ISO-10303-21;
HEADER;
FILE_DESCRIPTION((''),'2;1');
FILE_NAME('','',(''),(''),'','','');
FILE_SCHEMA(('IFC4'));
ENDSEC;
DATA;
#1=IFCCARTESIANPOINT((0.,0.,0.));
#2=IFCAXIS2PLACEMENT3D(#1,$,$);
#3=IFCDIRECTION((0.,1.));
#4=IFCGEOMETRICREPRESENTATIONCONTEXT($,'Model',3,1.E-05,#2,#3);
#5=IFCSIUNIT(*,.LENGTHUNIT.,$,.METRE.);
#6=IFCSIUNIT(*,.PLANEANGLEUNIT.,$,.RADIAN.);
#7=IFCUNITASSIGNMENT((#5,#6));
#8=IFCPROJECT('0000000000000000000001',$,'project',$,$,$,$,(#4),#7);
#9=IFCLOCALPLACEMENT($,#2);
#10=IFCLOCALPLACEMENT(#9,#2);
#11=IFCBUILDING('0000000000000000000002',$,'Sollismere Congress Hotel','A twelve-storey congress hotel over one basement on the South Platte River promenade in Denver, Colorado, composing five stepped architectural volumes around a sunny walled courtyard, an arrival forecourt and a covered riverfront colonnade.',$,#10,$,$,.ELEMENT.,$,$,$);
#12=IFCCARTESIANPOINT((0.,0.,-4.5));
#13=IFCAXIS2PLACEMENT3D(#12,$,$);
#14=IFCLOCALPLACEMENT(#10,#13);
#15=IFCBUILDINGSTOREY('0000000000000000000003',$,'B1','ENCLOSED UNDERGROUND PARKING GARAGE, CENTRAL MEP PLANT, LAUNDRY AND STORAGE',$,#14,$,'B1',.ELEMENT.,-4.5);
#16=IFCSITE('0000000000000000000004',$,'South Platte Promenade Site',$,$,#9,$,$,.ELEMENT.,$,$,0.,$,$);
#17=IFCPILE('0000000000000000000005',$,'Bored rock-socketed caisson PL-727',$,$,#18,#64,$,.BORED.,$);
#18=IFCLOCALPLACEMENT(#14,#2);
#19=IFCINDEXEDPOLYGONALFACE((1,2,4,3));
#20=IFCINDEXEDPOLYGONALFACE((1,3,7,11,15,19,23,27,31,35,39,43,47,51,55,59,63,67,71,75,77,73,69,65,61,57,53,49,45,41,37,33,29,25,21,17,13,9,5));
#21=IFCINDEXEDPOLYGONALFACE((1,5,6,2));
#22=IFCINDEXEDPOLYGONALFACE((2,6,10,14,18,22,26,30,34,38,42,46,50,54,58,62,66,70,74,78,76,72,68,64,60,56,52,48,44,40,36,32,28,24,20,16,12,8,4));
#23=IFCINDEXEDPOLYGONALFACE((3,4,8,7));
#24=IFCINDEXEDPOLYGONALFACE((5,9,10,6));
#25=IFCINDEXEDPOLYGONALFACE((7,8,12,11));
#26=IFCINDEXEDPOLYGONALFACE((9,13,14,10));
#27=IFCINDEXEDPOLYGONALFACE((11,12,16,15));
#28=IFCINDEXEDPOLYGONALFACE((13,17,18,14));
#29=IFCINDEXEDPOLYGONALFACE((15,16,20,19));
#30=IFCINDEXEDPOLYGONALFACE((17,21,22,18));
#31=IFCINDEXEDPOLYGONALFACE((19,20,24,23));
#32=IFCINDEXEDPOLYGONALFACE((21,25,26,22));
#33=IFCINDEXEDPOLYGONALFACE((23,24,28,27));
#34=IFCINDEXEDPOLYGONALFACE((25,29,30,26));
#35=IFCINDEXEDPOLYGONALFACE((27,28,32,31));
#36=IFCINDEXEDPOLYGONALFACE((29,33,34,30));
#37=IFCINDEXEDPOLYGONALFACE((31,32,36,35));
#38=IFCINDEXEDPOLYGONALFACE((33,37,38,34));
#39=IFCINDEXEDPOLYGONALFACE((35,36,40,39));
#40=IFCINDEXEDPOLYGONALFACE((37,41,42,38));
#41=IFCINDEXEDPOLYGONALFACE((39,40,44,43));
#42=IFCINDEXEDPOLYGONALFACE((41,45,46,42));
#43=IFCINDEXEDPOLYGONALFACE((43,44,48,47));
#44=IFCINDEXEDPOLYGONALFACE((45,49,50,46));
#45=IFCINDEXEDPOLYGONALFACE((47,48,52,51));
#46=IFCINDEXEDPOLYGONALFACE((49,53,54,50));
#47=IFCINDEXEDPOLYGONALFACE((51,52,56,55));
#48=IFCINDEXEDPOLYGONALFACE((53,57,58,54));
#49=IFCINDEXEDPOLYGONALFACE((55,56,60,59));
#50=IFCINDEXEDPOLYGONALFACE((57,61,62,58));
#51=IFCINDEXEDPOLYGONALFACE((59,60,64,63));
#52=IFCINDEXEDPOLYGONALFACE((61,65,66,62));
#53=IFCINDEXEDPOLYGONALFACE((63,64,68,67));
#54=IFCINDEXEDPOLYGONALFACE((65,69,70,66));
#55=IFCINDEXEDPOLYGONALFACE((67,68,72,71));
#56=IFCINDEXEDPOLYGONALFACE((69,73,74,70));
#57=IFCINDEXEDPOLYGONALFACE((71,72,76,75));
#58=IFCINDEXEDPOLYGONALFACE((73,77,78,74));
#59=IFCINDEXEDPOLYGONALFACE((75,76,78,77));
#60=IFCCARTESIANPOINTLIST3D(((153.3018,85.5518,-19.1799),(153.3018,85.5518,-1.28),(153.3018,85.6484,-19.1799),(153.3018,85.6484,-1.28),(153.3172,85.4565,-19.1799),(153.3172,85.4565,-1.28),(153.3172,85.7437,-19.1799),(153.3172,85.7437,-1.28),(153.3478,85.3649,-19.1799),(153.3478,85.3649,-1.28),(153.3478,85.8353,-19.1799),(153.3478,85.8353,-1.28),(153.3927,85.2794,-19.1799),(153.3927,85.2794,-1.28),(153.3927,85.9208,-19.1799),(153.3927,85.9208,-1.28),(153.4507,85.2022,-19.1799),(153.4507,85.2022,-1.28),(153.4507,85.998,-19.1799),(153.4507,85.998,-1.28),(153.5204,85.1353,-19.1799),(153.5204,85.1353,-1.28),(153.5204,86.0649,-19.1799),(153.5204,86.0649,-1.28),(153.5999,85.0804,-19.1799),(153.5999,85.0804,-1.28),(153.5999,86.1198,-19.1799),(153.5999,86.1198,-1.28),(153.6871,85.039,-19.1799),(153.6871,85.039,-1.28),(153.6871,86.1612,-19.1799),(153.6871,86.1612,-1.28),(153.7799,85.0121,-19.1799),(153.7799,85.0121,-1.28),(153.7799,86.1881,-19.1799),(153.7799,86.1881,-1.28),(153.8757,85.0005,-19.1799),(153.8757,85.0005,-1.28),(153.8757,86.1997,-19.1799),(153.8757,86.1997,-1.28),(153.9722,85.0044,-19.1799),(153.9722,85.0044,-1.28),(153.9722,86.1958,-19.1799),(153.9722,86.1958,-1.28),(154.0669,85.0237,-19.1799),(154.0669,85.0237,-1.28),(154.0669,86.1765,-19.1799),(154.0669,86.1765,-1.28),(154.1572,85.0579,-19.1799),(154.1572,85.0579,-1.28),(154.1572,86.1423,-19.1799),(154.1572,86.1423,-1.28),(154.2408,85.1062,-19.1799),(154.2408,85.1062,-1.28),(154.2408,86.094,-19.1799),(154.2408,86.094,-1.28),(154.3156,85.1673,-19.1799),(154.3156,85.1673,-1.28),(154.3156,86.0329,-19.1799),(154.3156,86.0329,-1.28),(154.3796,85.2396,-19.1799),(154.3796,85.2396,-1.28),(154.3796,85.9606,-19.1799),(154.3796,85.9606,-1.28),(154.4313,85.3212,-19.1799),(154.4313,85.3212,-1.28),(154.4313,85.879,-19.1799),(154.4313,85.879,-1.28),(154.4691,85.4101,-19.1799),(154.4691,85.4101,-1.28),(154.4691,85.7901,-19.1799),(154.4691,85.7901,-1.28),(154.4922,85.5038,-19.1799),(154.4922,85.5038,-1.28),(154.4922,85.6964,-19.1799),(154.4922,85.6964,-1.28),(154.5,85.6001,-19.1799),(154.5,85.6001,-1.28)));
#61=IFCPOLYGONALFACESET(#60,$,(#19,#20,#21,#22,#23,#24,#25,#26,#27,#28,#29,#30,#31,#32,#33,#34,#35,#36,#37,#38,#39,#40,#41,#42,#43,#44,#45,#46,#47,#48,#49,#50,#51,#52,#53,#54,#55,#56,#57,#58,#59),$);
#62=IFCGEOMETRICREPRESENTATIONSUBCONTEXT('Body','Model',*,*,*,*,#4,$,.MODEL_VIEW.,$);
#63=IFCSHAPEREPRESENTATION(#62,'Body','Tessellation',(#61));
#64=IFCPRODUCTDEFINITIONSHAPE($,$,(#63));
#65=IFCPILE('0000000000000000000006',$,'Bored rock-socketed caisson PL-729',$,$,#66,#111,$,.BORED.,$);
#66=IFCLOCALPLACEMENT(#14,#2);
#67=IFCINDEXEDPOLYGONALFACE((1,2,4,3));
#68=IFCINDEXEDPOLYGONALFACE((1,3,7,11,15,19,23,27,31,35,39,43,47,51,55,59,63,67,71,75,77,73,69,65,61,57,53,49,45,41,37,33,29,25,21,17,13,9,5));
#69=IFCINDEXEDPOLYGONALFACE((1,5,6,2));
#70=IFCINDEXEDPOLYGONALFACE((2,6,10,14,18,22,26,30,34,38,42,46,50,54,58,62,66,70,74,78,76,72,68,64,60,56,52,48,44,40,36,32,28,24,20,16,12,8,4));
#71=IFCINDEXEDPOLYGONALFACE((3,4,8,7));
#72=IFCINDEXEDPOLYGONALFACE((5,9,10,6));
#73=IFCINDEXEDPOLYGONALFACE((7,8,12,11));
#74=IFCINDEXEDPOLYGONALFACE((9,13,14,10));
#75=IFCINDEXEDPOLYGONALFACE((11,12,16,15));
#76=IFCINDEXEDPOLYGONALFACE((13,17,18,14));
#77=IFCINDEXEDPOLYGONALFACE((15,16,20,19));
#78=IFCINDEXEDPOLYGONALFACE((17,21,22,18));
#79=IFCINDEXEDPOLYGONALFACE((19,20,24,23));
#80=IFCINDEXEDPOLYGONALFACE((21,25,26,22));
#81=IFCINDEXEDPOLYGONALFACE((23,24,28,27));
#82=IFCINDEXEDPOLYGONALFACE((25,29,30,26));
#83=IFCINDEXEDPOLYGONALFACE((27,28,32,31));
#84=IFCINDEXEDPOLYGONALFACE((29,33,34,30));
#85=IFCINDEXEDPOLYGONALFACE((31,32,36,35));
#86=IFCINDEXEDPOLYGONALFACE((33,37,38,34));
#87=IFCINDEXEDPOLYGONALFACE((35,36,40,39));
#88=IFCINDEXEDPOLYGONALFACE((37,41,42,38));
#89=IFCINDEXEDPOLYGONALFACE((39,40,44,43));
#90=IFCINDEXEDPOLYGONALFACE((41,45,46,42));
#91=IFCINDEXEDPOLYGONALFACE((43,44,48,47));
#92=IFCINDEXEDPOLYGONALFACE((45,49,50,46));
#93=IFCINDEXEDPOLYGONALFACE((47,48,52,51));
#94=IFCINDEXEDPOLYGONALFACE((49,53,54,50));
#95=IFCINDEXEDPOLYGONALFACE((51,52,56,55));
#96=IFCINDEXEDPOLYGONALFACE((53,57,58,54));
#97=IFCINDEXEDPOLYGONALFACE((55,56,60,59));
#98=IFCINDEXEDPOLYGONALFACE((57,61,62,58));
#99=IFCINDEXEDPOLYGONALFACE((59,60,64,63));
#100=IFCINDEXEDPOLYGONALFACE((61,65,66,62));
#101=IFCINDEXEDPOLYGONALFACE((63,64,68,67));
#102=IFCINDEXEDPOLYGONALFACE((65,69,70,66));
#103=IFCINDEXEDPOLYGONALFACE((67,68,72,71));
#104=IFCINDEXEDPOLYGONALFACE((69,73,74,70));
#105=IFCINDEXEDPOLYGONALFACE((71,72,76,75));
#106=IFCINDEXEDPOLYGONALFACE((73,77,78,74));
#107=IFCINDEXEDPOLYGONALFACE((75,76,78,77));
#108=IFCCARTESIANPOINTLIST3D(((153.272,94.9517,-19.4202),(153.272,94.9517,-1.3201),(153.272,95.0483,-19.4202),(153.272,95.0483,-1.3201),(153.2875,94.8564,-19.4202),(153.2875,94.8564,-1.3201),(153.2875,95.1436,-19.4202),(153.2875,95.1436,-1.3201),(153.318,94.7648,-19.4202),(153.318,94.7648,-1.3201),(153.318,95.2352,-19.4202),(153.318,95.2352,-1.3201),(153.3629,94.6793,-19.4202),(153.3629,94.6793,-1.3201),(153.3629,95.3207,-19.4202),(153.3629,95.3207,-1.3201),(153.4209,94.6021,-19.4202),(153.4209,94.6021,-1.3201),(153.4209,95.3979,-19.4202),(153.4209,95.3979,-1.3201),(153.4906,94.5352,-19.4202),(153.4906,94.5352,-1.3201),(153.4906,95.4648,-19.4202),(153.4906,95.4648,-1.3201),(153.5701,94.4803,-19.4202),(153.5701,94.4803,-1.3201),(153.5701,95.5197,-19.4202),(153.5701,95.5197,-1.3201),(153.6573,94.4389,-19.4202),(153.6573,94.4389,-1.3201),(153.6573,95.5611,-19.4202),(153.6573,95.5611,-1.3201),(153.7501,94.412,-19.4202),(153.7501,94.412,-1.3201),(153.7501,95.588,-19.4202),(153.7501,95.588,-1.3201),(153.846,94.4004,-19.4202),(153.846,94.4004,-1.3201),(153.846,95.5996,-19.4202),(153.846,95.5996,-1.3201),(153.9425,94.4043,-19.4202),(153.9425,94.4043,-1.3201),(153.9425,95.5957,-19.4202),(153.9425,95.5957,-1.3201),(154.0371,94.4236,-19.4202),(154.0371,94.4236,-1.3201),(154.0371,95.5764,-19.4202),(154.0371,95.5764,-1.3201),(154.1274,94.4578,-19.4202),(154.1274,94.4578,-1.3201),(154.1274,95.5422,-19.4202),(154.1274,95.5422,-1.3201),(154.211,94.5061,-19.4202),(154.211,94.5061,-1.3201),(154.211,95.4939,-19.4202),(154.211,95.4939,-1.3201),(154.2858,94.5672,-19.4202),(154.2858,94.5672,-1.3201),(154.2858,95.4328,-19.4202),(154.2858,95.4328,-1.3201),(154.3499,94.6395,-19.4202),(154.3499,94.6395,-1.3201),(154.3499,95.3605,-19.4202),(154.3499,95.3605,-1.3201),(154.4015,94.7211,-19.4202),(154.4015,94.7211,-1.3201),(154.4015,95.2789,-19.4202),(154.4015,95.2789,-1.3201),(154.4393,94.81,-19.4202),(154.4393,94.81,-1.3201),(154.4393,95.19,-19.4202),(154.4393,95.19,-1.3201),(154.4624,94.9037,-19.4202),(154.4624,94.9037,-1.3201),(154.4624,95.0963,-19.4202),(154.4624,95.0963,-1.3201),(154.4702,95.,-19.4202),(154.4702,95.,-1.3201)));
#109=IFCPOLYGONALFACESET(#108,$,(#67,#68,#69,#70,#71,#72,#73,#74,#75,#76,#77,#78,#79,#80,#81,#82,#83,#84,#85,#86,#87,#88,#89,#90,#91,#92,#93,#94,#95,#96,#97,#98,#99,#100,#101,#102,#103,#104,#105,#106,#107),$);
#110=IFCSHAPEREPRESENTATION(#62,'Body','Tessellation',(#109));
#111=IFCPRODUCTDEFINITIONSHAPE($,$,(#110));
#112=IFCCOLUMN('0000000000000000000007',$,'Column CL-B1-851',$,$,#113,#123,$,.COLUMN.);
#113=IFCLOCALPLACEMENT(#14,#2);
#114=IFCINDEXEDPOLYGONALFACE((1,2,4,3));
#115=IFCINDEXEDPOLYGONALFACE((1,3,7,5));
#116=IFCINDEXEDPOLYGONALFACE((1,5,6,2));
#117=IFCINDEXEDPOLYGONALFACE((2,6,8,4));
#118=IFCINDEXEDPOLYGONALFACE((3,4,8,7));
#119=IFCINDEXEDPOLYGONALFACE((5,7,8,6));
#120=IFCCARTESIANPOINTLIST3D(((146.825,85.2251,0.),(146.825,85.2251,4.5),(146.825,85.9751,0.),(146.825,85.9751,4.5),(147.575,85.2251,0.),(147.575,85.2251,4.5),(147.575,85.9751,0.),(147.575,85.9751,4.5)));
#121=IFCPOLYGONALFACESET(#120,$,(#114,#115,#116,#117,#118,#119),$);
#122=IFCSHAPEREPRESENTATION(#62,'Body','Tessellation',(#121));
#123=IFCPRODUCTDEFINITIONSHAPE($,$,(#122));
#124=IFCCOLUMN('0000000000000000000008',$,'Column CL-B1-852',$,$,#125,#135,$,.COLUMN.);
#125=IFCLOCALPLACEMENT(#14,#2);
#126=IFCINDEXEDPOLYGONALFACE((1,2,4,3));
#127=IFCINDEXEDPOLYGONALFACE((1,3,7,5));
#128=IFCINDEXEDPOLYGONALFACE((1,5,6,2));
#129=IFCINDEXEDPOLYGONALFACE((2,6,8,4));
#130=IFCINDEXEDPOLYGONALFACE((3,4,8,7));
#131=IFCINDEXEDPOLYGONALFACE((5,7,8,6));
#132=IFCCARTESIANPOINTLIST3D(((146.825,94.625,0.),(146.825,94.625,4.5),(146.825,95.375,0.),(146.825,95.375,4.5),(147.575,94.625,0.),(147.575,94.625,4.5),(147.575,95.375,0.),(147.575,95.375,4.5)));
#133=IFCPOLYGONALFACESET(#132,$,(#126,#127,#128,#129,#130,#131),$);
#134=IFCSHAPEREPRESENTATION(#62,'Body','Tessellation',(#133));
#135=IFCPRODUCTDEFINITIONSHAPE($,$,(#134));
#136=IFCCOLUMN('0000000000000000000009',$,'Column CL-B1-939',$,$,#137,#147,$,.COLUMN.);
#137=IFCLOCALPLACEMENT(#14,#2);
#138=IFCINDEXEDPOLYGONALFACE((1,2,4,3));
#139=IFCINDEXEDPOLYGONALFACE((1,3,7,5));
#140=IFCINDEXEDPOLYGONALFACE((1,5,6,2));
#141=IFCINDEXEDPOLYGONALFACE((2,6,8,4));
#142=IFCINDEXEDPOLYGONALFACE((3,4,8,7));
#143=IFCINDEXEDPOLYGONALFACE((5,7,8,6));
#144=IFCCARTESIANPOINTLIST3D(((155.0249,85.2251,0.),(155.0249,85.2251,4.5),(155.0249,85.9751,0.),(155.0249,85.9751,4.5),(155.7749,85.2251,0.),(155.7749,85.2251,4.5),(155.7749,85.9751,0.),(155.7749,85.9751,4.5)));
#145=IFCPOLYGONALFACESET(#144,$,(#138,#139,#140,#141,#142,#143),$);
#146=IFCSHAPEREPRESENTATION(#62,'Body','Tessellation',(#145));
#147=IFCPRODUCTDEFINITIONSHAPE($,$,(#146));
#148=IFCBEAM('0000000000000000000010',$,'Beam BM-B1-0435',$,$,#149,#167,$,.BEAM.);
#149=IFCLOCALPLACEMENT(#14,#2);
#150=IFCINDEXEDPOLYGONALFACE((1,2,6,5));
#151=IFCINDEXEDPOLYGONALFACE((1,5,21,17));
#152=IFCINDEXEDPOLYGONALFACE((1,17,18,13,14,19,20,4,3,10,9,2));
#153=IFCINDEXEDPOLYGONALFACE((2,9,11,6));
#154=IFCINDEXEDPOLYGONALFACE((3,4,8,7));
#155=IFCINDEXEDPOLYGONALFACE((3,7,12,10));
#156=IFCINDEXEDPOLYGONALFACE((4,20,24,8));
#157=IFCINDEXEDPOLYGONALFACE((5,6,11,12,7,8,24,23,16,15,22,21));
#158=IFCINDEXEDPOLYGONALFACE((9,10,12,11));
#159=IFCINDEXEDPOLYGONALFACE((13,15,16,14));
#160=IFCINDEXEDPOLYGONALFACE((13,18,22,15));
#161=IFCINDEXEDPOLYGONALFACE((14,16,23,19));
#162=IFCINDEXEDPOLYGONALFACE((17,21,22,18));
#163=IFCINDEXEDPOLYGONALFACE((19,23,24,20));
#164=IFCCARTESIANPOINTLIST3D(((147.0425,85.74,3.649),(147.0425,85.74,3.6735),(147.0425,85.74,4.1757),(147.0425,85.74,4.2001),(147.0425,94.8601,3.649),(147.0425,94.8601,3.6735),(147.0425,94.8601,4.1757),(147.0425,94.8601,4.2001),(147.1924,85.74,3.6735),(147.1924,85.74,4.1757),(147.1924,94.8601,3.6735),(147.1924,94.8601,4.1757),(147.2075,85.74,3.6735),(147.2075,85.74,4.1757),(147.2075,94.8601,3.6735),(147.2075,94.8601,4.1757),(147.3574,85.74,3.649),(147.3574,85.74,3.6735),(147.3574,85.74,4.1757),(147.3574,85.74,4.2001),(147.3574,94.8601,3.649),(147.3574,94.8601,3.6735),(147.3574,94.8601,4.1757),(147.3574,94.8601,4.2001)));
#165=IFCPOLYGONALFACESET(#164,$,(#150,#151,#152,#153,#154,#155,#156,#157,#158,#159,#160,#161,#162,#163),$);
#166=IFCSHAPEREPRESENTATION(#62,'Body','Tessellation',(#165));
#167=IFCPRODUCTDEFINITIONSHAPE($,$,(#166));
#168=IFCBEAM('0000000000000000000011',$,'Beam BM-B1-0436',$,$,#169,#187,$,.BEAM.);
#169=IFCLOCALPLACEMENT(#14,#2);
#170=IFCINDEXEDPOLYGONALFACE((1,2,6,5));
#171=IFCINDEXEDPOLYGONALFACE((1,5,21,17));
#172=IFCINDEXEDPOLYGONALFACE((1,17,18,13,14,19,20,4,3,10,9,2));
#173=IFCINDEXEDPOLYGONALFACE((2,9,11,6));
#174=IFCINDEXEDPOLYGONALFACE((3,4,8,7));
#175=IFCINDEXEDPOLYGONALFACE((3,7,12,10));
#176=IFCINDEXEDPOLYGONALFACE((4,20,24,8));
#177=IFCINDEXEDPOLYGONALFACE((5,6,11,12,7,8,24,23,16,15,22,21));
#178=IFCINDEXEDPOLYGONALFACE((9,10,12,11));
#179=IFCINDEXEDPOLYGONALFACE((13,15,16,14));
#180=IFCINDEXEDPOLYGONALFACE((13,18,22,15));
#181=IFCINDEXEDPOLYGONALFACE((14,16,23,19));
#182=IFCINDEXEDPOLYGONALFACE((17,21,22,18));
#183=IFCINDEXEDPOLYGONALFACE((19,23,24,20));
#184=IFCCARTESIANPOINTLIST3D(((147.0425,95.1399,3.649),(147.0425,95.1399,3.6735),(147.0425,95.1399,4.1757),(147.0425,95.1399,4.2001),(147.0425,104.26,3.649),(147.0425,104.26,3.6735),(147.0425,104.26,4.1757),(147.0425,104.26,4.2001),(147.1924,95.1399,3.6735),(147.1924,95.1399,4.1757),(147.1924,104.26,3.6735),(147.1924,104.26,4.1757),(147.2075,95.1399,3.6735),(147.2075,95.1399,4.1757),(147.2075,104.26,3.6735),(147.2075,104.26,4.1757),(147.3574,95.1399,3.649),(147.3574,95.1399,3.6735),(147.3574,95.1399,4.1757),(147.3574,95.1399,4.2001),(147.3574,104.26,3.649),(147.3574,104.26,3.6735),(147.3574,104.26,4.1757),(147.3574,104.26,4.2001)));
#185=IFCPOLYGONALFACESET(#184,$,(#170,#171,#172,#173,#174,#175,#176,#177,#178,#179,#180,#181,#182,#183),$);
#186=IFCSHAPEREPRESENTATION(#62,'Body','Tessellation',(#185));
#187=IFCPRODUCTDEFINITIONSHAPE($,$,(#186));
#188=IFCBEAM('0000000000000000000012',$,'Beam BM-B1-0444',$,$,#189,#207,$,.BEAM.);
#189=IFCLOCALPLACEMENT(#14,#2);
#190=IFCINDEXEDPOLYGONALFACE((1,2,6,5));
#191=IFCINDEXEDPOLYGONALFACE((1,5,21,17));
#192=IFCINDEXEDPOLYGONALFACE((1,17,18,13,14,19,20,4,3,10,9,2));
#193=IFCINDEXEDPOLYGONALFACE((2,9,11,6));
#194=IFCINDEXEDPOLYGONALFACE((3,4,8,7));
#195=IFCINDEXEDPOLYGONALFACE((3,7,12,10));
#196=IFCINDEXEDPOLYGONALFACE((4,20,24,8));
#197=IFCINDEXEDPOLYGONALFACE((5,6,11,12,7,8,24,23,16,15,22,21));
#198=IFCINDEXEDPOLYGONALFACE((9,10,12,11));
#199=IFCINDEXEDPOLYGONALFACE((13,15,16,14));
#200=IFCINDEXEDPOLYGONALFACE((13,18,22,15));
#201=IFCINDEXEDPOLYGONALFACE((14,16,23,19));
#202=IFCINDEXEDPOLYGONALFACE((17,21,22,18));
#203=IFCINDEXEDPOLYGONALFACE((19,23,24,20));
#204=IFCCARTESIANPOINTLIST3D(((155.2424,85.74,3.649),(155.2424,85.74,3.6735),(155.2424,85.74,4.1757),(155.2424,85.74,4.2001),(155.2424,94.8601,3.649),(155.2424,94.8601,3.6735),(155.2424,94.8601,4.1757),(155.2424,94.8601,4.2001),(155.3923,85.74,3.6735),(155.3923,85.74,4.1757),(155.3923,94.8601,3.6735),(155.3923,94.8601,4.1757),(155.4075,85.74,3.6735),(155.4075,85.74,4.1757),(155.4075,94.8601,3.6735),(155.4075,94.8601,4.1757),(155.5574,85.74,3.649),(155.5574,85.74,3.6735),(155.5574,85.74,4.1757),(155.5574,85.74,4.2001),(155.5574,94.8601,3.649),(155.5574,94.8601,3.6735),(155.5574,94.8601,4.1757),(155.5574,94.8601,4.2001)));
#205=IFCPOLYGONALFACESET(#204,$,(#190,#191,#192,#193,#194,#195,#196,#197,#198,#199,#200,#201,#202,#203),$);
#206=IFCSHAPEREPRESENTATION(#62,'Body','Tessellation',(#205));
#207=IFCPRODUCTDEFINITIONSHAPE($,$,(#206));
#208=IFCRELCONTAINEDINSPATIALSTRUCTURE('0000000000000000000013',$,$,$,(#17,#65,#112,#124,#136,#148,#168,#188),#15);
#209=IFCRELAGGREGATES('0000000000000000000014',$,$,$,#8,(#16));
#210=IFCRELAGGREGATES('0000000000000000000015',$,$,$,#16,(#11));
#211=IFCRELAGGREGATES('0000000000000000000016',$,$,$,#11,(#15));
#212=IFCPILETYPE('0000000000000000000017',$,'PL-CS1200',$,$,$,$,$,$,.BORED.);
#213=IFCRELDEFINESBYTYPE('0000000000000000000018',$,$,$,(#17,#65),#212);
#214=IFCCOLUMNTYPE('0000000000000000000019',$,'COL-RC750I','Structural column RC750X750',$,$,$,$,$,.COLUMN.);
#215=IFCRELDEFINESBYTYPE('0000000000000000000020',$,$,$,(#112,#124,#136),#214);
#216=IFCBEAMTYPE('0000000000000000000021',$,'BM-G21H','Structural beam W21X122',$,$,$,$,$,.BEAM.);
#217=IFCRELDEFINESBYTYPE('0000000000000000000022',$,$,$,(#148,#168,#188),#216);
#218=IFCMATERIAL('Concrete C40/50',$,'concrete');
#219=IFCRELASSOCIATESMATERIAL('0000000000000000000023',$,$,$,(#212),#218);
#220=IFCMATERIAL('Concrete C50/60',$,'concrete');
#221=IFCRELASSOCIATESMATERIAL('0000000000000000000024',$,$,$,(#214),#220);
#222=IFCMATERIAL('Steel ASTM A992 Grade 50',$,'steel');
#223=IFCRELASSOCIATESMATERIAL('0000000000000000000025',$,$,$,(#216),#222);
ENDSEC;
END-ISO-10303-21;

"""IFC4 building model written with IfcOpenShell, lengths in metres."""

from ifc_helpers import new_model, si_unit, direction, frame, origin, origin_2d, place, context, subcontext, project, spatial, rectangle, circle, i_section, extrude, material, material_profile, profile_set, type_object, element, save


model = new_model("IFC4")

# Units and contexts
model_context = context("Model", 3, precision=1e-05, world=origin(), true_north=direction((0.0, 1.0)))
body_context = subcontext(model_context, "Body", "Model", "MODEL_VIEW")
ifc_project = project(units=[si_unit("LENGTHUNIT", "METRE"), si_unit("PLANEANGLEUNIT", "RADIAN")], contexts=[model_context])

# Site, building, storey
site_placement = place(None, origin())
site = spatial("IfcSite", under=ifc_project, at=site_placement, Name="South Platte Promenade Site", CompositionType="ELEMENT", RefElevation=0.0)
building_placement = place(site_placement, origin())
building = spatial("IfcBuilding", under=site, at=building_placement, Name="Sollismere Congress Hotel", Description="A twelve-storey congress hotel over one basement on the South Platte River promenade in Denver, Colorado, composing five stepped architectural volumes around a sunny walled courtyard, an arrival forecourt and a covered riverfront colonnade.", CompositionType="ELEMENT")
storey_placement = place(building_placement, frame((0.0, 0.0, -4.5)))
storey = spatial("IfcBuildingStorey", under=building, at=storey_placement, Name="B1", Description="ENCLOSED UNDERGROUND PARKING GARAGE, CENTRAL MEP PLANT, LAUNDRY AND STORAGE", LongName="B1", CompositionType="ELEMENT", Elevation=-4.5)

# Shared definitions
ifc_material_1 = material(Name="Concrete C40/50", Category="concrete")

# Piles
ifc_material_profile_1 = material_profile(ifc_material_1, circle(Radius=0.6001, at=origin_2d()), Name="CAISSON1200")
ifc_profile_set_1 = profile_set([ifc_material_profile_1], Name="Concrete C40/50")
pile_type = type_object("IfcPileType", Name="PL-CS1200", PredefinedType="BORED", material=ifc_profile_set_1)
pile_1_placement = place(storey_placement, frame((153.8999, 85.6001, -1.28), z_axis=(0.0, 0.0, -1.0), x_axis=(1.0, 0.0, 0.0)))
element("IfcPile", 1, at=pile_1_placement, inside=storey, type_object=pile_type, Name="Bored rock-socketed caisson PL-727", PredefinedType="BORED", context=body_context, shape_type="SweptSolid", body=[
    extrude(circle(Radius=0.6001, at=origin_2d()), origin(), (0.0, 0.0, 1.0), 17.8999),
])
pile_2_placement = place(storey_placement, frame((153.8701, 95.0, -1.3201), z_axis=(0.0, 0.0, -1.0), x_axis=(1.0, 0.0, 0.0)))
element("IfcPile", 2, at=pile_2_placement, inside=storey, type_object=pile_type, Name="Bored rock-socketed caisson PL-729", PredefinedType="BORED", context=body_context, shape_type="SweptSolid", body=[
    extrude(circle(Radius=0.6001, at=origin_2d()), origin(), (0.0, 0.0, 1.0), 18.1001),
])

# Columns
ifc_material_2 = material(Name="Concrete C50/60", Category="concrete")
ifc_material_profile_2 = material_profile(ifc_material_2, rectangle(XDim=0.75, YDim=0.75, at=origin_2d()), Name="RC750X750")
ifc_profile_set_2 = profile_set([ifc_material_profile_2], Name="Concrete C50/60")
column_type = type_object("IfcColumnType", Name="COL-RC750I", Description="Structural column RC750X750", PredefinedType="COLUMN", material=ifc_profile_set_2)
for number, where, z_axis, x_axis, name in (
    (3, (147.2, 85.6001, 0.0), (0.0, 0.0, 1.0), (1.0, 0.0, 0.0), "Column CL-B1-851"),
    (4, (147.2, 95.0, 0.0), (0.0, 0.0, 1.0), (1.0, 0.0, 0.0), "Column CL-B1-852"),
    (5, (155.3999, 85.6001, 0.0), (0.0, 0.0, 1.0), (1.0, 0.0, 0.0), "Column CL-B1-939"),
):
    element("IfcColumn", number, at=place(storey_placement, frame(where, z_axis=z_axis, x_axis=x_axis)), inside=storey, type_object=column_type, Name=name, PredefinedType="COLUMN", context=body_context, shape_type="SweptSolid", body=[
        extrude(rectangle(XDim=0.75, YDim=0.75, at=origin_2d()), origin(), (0.0, 0.0, 1.0), 4.5),
    ])

# Beams
ifc_material_3 = material(Name="Steel ASTM A992 Grade 50", Category="steel")
ifc_material_profile_3 = material_profile(ifc_material_3, i_section(OverallWidth=0.3149, OverallDepth=0.551, WebThickness=0.0151, FlangeThickness=0.0244, at=origin_2d()), Name="W21X122")
ifc_profile_set_3 = profile_set([ifc_material_profile_3], Name="Steel ASTM A992 Grade 50")
beam_type_1 = type_object("IfcBeamType", Name="BM-G21H", Description="Structural beam W21X122", PredefinedType="BEAM", material=ifc_profile_set_3)
for number, where, z_axis, x_axis, name in (
    (6, (147.2, 85.74, 3.9246), (0.0, 1.0, 0.0), (-1.0, 0.0, 0.0), "Beam BM-B1-0435"),
    (7, (147.2, 95.1399, 3.9246), (0.0, 1.0, 0.0), (-1.0, 0.0, 0.0), "Beam BM-B1-0436"),
    (8, (155.3999, 85.74, 3.9246), (0.0, 1.0, 0.0), (-1.0, 0.0, 0.0), "Beam BM-B1-0444"),
):
    element("IfcBeam", number, at=place(storey_placement, frame(where, z_axis=z_axis, x_axis=x_axis)), inside=storey, type_object=beam_type_1, Name=name, PredefinedType="BEAM", context=body_context, shape_type="SweptSolid", body=[
        extrude(i_section(OverallWidth=0.3149, OverallDepth=0.551, WebThickness=0.0151, FlangeThickness=0.0244, at=origin_2d()), origin(), (0.0, 0.0, 1.0), 9.1201),
    ])

save(model, "model.ifc")
